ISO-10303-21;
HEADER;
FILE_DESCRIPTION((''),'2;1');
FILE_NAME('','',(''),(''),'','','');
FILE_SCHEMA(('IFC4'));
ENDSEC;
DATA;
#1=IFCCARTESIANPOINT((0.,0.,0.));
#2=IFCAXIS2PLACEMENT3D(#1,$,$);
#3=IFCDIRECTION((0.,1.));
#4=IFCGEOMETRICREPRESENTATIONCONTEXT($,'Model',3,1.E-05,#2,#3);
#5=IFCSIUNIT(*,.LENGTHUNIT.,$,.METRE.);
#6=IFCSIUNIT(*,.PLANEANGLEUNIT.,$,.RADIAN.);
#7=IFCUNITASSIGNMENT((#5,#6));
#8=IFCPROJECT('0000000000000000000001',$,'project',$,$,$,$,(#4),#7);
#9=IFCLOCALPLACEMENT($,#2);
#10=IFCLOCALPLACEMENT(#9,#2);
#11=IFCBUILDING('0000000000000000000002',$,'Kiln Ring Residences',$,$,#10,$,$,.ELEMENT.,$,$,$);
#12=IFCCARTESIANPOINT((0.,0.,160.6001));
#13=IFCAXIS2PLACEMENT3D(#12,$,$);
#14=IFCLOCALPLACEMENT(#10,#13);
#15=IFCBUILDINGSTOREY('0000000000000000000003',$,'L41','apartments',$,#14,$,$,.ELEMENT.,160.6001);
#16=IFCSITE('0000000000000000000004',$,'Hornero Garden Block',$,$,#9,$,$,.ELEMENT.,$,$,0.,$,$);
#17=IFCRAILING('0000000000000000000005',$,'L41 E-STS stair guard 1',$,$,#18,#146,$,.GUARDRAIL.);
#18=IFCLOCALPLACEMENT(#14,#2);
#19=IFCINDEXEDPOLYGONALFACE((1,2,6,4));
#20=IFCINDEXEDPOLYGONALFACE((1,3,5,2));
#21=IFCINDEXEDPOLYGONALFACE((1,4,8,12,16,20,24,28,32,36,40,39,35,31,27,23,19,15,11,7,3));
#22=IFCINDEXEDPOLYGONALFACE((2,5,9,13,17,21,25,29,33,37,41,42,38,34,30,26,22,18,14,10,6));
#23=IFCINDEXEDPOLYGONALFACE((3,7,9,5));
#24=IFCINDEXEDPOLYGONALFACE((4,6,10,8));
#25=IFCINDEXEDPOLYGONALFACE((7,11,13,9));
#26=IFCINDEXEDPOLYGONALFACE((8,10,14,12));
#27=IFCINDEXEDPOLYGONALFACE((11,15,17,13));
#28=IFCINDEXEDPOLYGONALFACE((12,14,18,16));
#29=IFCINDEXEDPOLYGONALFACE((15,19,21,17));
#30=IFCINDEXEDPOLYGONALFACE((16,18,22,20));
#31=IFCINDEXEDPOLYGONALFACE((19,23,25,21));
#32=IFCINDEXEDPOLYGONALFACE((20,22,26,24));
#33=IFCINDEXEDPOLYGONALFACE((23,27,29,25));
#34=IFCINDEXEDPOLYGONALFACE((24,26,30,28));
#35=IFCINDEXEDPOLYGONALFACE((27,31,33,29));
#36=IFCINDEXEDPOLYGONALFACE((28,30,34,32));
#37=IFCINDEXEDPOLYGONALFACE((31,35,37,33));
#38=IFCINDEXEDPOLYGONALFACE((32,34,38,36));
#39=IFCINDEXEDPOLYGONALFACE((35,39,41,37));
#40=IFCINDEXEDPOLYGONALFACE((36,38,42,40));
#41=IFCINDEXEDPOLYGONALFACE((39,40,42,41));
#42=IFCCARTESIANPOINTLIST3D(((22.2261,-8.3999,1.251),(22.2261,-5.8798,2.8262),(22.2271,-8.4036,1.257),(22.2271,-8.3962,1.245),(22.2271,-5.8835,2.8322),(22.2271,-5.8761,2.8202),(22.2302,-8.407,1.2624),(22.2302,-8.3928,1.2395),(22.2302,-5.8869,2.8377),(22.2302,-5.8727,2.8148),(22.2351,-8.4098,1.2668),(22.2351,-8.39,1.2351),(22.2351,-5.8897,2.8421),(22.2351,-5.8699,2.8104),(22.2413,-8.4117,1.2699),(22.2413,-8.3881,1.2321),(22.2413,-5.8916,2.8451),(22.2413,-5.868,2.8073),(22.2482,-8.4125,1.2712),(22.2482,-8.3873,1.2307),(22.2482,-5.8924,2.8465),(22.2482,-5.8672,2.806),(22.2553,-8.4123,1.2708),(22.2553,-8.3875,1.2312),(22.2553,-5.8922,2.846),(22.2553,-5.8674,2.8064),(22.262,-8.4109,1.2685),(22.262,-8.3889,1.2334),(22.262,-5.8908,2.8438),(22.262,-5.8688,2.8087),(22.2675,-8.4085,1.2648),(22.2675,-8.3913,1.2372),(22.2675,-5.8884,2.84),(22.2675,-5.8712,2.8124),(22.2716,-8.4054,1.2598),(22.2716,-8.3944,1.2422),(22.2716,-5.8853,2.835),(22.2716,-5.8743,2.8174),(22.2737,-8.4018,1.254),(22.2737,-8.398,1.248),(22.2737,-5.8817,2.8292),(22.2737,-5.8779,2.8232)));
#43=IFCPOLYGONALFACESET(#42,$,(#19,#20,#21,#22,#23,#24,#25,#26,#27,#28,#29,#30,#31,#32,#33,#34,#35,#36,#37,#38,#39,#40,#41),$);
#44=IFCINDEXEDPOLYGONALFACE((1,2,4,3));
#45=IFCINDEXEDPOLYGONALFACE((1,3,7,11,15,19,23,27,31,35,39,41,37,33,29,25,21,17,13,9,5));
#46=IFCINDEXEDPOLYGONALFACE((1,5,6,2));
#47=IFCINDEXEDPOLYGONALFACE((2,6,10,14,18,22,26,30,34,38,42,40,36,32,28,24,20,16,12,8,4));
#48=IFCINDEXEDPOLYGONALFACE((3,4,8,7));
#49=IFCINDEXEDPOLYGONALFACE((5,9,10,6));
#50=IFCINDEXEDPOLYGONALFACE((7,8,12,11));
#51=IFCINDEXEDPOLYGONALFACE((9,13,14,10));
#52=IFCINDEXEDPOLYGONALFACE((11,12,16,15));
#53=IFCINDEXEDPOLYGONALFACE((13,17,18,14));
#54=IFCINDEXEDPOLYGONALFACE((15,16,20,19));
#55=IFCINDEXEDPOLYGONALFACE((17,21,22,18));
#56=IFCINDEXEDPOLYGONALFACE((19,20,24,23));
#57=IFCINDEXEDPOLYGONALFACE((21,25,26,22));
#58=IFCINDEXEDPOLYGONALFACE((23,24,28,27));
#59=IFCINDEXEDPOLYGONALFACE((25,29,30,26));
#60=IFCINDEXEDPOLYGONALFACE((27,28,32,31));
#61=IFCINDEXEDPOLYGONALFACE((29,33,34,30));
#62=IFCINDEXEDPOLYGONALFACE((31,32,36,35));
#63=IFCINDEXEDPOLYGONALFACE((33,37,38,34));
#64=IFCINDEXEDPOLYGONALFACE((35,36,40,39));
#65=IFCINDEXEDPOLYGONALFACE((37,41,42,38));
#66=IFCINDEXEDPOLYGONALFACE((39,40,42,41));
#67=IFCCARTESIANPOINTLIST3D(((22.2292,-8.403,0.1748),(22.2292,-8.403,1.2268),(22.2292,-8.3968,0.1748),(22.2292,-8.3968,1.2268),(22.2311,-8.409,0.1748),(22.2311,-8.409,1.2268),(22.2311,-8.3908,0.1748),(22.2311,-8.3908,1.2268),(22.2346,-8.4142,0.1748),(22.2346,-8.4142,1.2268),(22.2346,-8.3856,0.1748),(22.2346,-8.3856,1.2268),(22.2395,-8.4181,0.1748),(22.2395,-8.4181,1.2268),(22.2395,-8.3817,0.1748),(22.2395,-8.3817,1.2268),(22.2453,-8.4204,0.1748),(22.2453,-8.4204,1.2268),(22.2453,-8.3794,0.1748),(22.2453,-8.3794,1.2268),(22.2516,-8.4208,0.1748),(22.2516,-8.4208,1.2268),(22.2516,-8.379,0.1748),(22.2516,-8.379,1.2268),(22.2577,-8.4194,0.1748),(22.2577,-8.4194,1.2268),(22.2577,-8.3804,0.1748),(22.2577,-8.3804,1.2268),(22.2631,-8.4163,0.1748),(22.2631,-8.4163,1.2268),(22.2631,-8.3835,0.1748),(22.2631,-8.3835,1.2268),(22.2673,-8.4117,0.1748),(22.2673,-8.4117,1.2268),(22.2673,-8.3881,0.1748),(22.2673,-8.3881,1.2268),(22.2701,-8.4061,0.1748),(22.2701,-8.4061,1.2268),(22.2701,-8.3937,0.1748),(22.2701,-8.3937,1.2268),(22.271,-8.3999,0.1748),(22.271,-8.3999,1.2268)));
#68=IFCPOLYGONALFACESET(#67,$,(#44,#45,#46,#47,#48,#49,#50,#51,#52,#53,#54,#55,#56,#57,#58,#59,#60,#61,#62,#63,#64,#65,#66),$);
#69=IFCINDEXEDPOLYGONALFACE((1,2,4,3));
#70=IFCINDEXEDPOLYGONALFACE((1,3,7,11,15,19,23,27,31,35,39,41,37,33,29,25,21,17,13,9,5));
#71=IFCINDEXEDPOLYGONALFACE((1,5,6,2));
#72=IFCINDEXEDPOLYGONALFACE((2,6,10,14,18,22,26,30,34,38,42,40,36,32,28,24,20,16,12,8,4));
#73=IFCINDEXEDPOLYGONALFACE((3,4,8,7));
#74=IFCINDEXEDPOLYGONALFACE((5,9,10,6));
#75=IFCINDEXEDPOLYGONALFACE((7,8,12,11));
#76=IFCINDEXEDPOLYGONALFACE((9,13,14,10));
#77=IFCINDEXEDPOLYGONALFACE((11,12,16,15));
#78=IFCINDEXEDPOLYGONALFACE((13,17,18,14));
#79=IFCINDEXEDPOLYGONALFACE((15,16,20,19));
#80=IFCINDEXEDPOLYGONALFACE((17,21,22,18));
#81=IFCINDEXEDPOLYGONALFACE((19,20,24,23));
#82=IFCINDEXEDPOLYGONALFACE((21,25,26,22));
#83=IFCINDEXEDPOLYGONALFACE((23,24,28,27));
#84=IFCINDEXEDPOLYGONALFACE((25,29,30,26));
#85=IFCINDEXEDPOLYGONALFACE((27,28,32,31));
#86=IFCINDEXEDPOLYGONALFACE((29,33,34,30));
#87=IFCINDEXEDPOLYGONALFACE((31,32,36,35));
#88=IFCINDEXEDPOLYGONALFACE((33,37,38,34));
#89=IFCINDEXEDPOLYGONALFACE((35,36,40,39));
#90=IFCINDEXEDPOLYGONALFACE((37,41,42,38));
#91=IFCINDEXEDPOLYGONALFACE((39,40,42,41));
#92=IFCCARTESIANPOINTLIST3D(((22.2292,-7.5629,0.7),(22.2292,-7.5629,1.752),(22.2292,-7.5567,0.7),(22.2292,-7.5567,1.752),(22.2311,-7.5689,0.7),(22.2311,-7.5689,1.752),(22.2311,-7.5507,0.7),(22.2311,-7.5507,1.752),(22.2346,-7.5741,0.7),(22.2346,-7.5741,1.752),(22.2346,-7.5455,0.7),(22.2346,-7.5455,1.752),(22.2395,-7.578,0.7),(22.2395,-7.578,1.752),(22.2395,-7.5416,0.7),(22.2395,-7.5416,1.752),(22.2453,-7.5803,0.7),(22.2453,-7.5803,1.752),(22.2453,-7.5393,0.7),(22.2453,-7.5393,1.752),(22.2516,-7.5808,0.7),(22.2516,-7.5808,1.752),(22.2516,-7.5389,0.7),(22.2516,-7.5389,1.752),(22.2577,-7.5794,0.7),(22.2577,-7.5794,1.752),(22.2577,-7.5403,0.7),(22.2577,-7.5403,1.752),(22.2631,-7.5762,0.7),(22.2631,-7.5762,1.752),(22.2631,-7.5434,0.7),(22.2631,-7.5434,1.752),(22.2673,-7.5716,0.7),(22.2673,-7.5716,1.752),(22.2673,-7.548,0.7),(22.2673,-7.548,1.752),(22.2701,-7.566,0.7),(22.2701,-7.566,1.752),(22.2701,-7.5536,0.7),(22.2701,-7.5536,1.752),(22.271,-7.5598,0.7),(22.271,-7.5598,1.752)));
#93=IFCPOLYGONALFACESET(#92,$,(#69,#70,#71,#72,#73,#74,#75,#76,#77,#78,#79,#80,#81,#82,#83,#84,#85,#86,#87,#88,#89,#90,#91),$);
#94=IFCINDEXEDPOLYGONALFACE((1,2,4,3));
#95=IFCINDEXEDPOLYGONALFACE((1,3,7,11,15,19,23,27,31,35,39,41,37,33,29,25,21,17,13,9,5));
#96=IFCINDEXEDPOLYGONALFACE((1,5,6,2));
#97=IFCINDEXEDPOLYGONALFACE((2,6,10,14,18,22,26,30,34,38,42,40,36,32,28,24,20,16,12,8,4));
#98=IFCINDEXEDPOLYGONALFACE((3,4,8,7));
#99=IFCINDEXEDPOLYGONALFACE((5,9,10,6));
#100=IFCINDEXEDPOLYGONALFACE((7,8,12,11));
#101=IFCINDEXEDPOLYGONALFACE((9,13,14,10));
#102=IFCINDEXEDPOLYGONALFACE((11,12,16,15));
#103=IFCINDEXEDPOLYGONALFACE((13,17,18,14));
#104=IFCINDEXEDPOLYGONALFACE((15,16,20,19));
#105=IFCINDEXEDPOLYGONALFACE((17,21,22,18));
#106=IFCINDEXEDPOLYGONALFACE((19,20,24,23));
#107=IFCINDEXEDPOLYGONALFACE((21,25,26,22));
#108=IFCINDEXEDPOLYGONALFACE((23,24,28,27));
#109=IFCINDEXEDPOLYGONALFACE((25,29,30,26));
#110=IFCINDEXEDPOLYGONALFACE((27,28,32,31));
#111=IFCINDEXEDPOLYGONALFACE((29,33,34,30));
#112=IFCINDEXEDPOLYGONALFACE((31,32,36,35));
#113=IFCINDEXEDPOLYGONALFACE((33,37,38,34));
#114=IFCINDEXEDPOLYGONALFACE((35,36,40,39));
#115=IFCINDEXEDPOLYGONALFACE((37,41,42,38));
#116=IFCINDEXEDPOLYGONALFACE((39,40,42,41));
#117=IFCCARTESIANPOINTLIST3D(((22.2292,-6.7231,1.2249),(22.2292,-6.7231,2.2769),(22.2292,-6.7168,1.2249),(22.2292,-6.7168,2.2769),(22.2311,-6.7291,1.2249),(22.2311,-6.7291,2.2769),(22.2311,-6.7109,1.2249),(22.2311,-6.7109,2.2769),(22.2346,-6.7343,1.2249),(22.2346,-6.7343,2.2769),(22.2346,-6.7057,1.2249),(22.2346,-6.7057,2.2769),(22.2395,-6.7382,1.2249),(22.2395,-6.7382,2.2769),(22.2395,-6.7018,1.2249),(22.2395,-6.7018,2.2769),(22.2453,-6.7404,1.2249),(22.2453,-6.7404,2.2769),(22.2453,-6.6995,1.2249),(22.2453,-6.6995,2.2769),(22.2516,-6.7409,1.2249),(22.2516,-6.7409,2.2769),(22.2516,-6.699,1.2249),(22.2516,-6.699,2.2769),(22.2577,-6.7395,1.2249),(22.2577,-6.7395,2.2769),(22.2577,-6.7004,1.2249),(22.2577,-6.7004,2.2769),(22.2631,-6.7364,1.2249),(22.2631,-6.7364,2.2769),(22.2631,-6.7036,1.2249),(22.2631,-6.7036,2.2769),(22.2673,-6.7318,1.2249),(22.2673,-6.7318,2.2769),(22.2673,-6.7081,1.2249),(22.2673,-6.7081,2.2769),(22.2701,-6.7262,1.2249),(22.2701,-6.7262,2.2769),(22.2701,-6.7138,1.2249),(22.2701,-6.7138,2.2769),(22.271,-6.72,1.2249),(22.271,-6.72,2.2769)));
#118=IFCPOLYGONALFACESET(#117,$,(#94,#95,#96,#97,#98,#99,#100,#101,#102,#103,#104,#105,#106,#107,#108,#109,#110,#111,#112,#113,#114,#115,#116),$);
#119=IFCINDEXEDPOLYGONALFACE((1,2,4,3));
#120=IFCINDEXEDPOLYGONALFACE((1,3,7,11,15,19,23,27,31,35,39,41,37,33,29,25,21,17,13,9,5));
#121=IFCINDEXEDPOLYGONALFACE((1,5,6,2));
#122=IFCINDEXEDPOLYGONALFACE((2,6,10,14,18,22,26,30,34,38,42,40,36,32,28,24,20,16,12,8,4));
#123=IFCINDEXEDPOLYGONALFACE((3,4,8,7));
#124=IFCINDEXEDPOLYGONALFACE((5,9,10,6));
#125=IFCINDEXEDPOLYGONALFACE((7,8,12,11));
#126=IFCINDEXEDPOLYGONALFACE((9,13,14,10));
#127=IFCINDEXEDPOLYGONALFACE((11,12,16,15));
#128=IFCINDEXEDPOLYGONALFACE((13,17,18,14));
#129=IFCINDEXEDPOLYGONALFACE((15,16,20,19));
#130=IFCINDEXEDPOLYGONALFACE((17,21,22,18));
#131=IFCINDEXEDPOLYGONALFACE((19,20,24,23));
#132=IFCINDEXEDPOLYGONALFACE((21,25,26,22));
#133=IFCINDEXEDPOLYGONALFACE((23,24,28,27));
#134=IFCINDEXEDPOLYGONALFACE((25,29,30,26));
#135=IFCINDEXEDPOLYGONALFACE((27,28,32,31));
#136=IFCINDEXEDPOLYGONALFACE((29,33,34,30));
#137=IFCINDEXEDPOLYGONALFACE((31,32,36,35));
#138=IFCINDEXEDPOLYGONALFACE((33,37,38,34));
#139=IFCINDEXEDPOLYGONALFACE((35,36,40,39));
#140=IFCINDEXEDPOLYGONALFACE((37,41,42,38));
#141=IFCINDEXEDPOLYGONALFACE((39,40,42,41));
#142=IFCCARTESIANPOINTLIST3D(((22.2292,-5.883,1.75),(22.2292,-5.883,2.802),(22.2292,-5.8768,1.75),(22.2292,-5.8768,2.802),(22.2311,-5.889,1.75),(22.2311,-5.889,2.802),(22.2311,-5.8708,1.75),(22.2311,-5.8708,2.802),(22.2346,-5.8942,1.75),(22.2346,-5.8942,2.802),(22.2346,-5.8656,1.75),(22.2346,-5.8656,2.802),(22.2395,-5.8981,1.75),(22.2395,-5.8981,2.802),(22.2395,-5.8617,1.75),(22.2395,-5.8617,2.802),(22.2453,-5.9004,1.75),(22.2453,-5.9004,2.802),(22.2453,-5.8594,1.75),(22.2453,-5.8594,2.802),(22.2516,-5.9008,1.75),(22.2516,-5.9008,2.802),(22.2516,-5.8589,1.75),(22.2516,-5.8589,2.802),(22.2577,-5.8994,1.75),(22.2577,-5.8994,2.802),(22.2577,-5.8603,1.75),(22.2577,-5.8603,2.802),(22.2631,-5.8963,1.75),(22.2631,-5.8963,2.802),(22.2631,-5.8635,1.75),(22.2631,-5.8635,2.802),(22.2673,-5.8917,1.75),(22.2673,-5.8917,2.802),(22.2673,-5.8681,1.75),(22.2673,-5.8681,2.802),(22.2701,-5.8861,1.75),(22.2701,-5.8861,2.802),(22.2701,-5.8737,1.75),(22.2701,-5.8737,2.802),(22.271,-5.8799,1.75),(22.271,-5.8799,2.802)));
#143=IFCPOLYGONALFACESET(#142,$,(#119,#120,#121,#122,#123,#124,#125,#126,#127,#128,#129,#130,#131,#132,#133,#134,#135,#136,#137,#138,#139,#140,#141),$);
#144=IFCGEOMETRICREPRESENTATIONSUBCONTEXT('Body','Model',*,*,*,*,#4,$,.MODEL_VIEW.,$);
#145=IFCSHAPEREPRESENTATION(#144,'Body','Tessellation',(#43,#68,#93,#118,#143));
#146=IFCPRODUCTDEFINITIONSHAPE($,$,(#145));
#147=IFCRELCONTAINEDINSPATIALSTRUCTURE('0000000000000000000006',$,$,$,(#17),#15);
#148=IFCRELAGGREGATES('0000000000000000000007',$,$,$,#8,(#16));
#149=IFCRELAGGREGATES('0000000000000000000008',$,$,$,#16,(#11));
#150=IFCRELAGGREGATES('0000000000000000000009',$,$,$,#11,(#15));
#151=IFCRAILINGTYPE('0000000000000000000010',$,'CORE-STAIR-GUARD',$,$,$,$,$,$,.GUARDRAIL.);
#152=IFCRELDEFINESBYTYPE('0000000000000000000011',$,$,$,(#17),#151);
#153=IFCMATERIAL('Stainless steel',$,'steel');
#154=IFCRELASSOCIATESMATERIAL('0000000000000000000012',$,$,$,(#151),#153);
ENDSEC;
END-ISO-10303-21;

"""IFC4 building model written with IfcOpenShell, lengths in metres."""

from ifc_helpers import new_model, si_unit, direction, frame, origin, origin_2d, place, context, subcontext, project, spatial, circle, extrude, material, type_object, element, save


model = new_model("IFC4")

# Units and contexts
model_context = context("Model", 3, precision=1e-05, world=origin(), true_north=direction((0.0, 1.0)))
body_context = subcontext(model_context, "Body", "Model", "MODEL_VIEW")
ifc_project = project(units=[si_unit("LENGTHUNIT", "METRE"), si_unit("PLANEANGLEUNIT", "RADIAN")], contexts=[model_context])

# Site, building, storey
site_placement = place(None, origin())
site = spatial("IfcSite", under=ifc_project, at=site_placement, Name="Hornero Garden Block", CompositionType="ELEMENT", RefElevation=0.0)
building_placement = place(site_placement, origin())
building = spatial("IfcBuilding", under=site, at=building_placement, Name="Kiln Ring Residences", CompositionType="ELEMENT")
storey_placement = place(building_placement, frame((0.0, 0.0, 160.6001)))
storey = spatial("IfcBuildingStorey", under=building, at=storey_placement, Name="L41", Description="apartments", CompositionType="ELEMENT", Elevation=160.6001)

# Railing
ifc_material_1 = material(Name="Stainless steel", Category="steel")
railing_type_1 = type_object("IfcRailingType", Name="CORE-STAIR-GUARD", PredefinedType="GUARDRAIL", material=ifc_material_1)
railing_1_placement = place(storey_placement, frame((22.25, -8.3999, 0.1748)))
element("IfcRailing", 1, at=railing_1_placement, inside=storey, type_object=railing_type_1, Name="L41 E-STS stair guard 1", PredefinedType="GUARDRAIL", context=body_context, shape_type="SweptSolid", body=[
    extrude(circle(Radius=0.0239, at=origin_2d()), frame((0.0, 0.0, 1.0762), z_axis=(0.0, 0.847971, 0.530043), x_axis=(-1.0, 0.0, 0.0)), (0.0, 0.0, 1.0), 2.9719),
    extrude(circle(Radius=0.021, at=origin_2d()), origin(), (0.0, 0.0, 1.0), 1.052),
    extrude(circle(Radius=0.021, at=origin_2d()), frame((0.0, 0.8401, 0.5251)), (0.0, 0.0, 1.0), 1.052),
    extrude(circle(Radius=0.021, at=origin_2d()), frame((0.0, 1.6799, 1.05)), (0.0, 0.0, 1.0), 1.052),
    extrude(circle(Radius=0.021, at=origin_2d()), frame((0.0, 2.52, 1.5752)), (0.0, 0.0, 1.0), 1.052),
])

save(model, "model.ifc")
